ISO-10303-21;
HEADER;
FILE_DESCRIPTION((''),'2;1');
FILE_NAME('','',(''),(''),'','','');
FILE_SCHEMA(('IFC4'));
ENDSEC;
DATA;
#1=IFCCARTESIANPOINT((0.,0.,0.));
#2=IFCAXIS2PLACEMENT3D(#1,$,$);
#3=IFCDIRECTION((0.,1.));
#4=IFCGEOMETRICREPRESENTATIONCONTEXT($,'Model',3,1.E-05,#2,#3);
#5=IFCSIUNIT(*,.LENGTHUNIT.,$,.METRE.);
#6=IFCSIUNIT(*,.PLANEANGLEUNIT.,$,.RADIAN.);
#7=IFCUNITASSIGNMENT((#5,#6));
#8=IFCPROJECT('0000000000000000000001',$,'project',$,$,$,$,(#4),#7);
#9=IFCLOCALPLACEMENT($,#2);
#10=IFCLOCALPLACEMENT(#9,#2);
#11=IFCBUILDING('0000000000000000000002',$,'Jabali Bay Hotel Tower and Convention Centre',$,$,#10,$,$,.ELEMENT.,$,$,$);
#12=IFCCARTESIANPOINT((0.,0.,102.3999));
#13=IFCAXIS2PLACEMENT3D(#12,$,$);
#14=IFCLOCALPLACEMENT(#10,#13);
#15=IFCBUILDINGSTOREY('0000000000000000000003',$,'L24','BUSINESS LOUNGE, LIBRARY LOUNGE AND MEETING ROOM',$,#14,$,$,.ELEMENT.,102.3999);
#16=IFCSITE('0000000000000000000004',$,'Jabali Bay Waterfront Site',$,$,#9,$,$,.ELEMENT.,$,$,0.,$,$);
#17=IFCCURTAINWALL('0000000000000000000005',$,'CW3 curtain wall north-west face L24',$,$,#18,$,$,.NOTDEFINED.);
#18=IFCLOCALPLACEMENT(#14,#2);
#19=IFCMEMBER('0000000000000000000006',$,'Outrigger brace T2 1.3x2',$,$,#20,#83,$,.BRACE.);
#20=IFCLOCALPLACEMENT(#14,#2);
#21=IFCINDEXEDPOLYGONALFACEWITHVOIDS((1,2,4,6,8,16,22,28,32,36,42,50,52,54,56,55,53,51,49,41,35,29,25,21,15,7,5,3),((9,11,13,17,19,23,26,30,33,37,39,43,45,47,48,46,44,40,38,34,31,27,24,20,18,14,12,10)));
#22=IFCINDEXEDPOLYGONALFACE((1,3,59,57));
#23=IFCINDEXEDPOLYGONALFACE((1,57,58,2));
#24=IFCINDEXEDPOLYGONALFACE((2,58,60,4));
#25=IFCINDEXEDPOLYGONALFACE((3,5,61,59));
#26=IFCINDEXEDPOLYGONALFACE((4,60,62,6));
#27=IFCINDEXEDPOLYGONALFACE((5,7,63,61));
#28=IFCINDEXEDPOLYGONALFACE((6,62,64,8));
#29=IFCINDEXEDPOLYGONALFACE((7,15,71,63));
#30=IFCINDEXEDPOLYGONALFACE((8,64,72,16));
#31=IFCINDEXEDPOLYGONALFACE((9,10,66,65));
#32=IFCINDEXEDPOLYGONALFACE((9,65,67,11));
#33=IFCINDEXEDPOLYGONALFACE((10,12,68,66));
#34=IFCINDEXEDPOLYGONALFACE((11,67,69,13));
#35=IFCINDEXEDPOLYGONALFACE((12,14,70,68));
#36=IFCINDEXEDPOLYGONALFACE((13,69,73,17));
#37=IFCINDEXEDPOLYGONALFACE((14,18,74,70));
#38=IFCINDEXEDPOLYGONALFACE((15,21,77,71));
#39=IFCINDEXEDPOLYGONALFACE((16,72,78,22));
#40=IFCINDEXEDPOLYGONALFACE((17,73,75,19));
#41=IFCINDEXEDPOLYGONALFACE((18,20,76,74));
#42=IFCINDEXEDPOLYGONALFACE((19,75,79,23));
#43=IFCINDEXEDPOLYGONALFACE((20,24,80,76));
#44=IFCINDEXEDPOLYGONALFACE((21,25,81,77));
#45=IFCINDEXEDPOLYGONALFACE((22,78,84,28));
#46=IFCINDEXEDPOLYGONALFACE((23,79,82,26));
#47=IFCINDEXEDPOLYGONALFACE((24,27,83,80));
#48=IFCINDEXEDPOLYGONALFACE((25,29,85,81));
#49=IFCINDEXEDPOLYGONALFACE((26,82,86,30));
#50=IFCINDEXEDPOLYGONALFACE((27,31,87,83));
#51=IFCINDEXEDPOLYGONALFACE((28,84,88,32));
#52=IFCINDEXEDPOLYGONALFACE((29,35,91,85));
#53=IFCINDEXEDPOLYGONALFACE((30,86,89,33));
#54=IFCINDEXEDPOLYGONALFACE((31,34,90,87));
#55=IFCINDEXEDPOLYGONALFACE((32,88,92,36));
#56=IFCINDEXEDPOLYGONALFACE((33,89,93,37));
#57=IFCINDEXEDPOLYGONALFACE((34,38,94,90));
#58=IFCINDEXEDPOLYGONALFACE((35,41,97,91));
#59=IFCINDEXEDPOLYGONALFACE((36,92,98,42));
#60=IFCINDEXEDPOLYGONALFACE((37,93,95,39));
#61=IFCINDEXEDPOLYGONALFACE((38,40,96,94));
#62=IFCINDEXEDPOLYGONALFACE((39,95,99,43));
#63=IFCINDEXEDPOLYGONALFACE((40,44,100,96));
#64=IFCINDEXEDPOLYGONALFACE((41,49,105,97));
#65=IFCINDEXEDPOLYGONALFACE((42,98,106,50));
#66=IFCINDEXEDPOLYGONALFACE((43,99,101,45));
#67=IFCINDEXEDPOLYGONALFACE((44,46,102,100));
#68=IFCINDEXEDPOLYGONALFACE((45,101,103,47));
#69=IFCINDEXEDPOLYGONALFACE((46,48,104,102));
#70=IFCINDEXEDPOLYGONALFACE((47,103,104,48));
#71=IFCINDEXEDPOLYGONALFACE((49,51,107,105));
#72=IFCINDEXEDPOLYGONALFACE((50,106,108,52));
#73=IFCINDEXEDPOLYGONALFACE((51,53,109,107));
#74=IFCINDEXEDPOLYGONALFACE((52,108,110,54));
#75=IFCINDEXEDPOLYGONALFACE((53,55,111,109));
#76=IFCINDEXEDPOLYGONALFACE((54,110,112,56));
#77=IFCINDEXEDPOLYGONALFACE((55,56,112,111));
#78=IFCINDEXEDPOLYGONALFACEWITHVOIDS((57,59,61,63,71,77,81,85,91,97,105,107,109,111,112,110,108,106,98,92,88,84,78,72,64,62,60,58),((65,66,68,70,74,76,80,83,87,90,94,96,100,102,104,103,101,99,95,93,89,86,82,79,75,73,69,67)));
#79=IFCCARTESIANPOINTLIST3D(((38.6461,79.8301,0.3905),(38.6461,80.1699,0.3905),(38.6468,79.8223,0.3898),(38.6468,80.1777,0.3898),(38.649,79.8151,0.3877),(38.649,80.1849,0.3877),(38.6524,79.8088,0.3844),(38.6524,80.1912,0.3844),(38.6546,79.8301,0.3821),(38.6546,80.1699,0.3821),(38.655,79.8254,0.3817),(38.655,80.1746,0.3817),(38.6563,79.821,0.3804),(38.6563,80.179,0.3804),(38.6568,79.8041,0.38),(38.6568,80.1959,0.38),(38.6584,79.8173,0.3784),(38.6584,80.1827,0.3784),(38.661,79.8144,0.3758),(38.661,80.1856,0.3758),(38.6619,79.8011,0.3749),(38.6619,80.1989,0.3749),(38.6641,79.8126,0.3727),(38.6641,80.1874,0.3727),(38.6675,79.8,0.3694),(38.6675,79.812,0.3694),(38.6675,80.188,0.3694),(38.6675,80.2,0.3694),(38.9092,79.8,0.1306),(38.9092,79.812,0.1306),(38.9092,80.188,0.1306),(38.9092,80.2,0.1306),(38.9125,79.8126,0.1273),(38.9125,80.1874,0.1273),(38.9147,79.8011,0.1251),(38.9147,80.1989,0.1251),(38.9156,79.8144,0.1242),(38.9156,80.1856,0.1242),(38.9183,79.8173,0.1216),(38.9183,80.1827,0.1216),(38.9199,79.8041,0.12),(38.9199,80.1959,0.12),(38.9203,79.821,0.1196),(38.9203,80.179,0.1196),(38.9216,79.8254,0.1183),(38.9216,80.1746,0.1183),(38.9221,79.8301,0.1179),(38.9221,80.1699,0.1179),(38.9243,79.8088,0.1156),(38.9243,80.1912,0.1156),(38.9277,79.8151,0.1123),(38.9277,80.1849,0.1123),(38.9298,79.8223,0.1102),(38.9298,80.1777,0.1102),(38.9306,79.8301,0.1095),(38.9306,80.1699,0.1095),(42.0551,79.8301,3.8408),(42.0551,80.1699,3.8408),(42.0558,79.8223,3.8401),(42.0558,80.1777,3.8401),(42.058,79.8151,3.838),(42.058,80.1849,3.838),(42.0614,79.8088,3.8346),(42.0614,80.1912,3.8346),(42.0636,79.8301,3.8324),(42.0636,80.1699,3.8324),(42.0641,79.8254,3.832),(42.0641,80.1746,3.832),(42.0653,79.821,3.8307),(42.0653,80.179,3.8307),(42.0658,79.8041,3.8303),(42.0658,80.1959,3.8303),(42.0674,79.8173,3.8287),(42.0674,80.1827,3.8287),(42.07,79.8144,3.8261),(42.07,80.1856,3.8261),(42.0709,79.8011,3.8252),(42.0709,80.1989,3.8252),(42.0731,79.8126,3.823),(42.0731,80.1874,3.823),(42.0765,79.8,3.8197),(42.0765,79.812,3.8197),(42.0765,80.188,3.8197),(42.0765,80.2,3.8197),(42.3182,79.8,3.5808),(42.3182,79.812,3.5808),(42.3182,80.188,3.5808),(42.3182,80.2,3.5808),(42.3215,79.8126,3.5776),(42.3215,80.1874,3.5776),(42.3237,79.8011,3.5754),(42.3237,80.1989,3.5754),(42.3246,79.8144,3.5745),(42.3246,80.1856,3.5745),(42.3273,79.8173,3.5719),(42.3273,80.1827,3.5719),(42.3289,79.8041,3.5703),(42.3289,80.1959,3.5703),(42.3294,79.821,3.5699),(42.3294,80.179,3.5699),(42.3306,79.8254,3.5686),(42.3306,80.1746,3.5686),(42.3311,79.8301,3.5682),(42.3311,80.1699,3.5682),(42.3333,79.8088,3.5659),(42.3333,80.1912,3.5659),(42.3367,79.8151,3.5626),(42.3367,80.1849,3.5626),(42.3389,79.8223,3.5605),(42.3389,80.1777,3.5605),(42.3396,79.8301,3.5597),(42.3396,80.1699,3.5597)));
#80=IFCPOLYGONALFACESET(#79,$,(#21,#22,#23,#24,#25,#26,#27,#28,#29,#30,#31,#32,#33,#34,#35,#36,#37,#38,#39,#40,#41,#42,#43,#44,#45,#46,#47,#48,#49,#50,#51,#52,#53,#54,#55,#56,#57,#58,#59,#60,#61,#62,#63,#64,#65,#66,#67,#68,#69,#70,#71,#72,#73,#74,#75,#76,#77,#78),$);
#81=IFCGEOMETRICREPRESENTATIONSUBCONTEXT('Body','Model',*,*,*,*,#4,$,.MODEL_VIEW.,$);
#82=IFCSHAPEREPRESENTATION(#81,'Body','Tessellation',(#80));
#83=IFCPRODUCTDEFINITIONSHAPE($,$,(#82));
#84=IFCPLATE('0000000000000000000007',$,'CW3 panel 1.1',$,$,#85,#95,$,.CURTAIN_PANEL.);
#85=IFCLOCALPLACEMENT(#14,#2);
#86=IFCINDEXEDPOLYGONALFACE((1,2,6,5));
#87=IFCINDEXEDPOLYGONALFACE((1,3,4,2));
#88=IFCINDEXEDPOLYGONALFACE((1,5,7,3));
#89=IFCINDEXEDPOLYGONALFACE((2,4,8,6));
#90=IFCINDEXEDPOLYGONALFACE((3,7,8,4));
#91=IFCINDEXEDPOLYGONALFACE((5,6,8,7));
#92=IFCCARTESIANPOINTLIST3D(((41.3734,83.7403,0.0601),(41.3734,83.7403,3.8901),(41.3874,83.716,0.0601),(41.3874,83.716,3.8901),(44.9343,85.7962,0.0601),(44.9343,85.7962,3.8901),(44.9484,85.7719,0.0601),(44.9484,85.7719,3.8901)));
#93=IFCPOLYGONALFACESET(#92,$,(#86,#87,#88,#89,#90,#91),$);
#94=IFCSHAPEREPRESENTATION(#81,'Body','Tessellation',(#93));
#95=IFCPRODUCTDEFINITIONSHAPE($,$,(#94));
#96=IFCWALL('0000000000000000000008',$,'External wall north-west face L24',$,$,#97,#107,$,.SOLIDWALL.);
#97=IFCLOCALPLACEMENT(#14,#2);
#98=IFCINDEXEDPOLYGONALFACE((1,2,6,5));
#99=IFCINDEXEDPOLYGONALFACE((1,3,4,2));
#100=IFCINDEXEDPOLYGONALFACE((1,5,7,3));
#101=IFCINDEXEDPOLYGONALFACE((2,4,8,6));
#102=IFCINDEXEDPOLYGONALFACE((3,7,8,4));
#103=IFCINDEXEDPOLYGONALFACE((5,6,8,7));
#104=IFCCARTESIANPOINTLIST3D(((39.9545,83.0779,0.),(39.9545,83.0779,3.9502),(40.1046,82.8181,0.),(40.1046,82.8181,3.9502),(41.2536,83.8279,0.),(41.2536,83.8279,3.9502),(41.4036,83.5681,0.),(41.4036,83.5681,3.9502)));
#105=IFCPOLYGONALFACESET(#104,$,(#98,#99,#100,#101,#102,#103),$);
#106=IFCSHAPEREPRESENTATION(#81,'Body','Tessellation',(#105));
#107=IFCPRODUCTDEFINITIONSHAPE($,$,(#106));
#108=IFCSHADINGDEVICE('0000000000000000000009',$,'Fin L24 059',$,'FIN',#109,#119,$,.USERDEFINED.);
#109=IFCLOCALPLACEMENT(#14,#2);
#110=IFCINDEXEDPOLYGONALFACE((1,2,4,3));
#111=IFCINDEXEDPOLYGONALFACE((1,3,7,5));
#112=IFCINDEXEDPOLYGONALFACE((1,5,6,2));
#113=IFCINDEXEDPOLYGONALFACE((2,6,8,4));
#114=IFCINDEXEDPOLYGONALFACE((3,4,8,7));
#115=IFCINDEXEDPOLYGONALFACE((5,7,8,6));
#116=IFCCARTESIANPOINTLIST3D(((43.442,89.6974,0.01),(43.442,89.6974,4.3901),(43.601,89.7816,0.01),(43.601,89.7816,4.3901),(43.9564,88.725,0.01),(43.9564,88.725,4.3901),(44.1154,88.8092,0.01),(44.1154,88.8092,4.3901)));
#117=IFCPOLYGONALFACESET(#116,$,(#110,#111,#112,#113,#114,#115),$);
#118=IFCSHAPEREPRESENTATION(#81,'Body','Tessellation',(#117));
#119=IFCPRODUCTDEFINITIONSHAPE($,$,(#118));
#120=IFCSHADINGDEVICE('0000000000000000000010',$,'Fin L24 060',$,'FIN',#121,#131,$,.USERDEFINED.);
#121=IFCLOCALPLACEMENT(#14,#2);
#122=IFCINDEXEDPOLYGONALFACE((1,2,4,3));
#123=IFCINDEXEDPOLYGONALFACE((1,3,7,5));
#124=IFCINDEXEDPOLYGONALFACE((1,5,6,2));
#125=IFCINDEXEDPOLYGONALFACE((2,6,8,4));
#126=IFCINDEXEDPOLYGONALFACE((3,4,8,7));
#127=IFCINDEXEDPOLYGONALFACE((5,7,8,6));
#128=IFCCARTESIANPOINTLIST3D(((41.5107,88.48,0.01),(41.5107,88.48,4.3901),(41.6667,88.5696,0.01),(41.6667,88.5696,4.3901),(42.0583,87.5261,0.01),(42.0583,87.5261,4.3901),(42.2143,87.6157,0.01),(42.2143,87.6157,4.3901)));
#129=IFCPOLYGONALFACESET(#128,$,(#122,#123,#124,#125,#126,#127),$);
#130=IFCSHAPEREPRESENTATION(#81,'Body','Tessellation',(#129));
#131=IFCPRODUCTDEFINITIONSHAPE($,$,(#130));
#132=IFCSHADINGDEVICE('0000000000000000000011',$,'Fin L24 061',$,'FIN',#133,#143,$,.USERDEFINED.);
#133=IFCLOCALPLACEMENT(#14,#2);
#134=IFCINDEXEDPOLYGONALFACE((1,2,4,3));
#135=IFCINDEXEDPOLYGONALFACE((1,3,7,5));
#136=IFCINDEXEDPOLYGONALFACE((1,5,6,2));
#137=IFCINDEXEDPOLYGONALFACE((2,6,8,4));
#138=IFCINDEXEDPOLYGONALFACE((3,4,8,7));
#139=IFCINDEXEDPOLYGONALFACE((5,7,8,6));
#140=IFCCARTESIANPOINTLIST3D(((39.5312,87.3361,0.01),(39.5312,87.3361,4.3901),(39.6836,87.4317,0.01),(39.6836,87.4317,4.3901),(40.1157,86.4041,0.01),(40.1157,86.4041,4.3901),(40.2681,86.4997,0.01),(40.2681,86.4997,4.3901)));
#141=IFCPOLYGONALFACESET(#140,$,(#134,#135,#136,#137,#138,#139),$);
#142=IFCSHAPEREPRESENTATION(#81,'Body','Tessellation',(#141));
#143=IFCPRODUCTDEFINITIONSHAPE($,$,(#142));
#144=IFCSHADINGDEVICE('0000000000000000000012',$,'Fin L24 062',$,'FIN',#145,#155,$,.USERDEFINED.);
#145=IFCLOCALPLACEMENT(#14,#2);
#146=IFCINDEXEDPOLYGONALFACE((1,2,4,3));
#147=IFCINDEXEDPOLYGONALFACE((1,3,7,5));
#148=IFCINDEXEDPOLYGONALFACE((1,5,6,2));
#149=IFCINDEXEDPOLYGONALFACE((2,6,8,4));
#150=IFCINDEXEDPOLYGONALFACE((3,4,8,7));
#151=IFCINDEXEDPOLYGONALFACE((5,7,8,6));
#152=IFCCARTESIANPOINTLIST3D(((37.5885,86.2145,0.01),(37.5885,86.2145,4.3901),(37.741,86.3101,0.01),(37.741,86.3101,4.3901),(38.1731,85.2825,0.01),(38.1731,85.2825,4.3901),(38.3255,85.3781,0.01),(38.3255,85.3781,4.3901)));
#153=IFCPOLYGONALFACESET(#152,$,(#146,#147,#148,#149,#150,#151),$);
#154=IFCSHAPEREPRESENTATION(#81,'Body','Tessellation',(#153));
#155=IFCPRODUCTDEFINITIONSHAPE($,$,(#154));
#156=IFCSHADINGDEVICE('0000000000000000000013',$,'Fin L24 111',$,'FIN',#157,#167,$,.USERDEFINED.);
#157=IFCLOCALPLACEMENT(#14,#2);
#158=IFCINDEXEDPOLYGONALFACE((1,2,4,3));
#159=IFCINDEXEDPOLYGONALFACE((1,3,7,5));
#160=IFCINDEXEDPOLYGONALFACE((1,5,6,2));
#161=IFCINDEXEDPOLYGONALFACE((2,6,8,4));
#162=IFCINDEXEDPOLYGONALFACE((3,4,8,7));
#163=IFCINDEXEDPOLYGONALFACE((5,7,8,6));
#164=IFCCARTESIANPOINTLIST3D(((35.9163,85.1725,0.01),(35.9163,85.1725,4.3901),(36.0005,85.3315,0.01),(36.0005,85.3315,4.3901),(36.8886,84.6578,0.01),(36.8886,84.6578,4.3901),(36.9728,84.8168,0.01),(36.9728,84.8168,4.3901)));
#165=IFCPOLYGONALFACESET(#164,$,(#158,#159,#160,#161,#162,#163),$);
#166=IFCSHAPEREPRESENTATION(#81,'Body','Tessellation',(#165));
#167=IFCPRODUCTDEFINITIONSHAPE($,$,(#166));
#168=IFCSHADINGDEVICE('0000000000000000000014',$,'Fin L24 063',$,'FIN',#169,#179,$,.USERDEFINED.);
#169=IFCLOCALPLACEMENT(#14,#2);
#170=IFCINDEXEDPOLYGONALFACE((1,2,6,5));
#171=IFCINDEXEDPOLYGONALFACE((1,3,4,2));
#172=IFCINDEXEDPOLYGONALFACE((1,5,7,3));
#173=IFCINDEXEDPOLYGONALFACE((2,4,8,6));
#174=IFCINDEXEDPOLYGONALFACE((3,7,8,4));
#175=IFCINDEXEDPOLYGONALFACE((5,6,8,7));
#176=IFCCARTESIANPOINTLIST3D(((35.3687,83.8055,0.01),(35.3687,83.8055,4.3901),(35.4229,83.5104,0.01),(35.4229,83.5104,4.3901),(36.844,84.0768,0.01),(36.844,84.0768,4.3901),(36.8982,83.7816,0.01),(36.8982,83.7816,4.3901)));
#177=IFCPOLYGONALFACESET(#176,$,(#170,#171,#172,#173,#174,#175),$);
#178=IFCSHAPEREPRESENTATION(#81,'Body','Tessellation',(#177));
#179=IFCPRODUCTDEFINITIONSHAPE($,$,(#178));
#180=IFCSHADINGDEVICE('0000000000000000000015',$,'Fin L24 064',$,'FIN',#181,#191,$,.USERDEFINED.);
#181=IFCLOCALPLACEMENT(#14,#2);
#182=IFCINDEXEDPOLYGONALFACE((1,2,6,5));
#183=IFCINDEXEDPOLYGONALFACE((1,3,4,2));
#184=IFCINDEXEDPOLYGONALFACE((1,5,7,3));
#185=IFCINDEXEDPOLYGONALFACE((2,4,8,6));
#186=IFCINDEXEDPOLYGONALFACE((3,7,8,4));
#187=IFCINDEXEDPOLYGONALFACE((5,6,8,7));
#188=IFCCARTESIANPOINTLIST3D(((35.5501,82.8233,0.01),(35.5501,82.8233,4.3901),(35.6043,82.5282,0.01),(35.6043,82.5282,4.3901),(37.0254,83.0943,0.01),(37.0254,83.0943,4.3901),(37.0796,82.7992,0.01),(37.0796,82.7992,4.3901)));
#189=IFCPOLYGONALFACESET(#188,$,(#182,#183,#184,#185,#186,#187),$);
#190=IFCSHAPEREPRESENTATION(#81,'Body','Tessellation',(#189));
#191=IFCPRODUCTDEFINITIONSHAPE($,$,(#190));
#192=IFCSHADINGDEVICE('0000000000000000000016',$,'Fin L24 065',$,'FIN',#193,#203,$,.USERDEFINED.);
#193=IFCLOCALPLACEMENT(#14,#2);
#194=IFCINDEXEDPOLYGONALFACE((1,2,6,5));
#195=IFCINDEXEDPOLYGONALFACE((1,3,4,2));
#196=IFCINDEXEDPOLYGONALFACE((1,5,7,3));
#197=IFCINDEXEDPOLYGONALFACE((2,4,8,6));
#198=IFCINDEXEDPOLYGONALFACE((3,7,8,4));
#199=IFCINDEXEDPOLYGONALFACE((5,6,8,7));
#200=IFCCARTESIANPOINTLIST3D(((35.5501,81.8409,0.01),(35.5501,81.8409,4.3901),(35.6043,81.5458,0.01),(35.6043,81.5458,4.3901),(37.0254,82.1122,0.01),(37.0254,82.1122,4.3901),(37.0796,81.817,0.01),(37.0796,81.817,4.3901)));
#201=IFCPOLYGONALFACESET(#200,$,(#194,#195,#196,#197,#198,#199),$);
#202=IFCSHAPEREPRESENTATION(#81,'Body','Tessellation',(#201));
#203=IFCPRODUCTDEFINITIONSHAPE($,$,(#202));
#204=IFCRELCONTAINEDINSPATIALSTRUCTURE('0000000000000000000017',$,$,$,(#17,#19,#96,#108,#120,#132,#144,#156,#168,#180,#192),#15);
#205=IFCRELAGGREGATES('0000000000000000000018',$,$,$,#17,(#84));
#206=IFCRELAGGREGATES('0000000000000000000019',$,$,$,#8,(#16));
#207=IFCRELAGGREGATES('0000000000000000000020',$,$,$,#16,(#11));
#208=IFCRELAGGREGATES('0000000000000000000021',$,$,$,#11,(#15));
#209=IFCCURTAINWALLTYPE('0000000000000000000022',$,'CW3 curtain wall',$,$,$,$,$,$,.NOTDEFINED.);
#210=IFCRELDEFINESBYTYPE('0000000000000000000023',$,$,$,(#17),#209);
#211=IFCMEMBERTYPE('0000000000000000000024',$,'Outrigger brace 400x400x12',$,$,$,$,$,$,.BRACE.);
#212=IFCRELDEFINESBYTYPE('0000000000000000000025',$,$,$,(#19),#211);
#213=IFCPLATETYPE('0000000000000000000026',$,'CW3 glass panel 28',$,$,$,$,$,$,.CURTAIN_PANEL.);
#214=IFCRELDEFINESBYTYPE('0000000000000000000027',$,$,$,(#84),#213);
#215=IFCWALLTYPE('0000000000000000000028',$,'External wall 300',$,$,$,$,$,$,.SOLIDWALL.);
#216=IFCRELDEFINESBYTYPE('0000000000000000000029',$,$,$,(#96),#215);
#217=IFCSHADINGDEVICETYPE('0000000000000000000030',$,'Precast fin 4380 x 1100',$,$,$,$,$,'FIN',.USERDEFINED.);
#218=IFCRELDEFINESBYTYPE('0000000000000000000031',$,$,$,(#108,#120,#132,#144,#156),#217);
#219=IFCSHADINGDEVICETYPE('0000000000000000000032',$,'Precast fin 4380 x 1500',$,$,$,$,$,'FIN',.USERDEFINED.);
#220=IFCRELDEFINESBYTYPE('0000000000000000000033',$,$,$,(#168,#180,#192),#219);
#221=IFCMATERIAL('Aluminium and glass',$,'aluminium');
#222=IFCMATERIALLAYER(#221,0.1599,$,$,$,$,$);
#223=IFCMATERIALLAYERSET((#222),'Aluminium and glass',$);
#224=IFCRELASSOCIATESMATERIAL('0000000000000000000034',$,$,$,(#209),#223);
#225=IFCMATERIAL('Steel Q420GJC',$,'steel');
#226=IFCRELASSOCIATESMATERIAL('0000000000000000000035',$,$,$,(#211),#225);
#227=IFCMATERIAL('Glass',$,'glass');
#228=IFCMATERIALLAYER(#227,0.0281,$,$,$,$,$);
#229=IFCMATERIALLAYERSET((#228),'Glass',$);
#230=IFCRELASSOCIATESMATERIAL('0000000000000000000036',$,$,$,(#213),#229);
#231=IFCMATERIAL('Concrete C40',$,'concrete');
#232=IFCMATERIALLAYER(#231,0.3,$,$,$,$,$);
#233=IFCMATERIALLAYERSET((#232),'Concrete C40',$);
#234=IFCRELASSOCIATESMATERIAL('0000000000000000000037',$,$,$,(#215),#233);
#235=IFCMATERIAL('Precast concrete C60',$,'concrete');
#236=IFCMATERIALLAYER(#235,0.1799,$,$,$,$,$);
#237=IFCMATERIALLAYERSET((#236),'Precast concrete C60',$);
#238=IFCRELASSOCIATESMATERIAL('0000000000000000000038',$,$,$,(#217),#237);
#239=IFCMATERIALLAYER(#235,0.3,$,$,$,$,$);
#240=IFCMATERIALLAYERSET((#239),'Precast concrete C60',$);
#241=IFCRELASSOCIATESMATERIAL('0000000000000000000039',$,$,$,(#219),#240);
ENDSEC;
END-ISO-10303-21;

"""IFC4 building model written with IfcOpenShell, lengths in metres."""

from ifc_helpers import new_model, si_unit, direction, frame, frame_2d, origin, origin_2d, place, context, subcontext, project, spatial, rectangle, hollow_rectangle, extrude, material, layer, layer_set, material_profile, profile_set, type_object, element, aggregate, save


model = new_model("IFC4")

# Units and contexts
model_context = context("Model", 3, precision=1e-05, world=origin(), true_north=direction((0.0, 1.0)))
body_context = subcontext(model_context, "Body", "Model", "MODEL_VIEW")
ifc_project = project(units=[si_unit("LENGTHUNIT", "METRE"), si_unit("PLANEANGLEUNIT", "RADIAN")], contexts=[model_context])

# Site, building, storey
site_placement = place(None, origin())
site = spatial("IfcSite", under=ifc_project, at=site_placement, Name="Jabali Bay Waterfront Site", CompositionType="ELEMENT", RefElevation=0.0)
building_placement = place(site_placement, origin())
building = spatial("IfcBuilding", under=site, at=building_placement, Name="Jabali Bay Hotel Tower and Convention Centre", CompositionType="ELEMENT")
storey_placement = place(building_placement, frame((0.0, 0.0, 102.3999)))
storey = spatial("IfcBuildingStorey", under=building, at=storey_placement, Name="L24", Description="BUSINESS LOUNGE, LIBRARY LOUNGE AND MEETING ROOM", CompositionType="ELEMENT", Elevation=102.3999)

# Shared definitions
ifc_material_1 = material(Name="Steel Q420GJC", Category="steel")

# Curtain wall
ifc_material_2 = material(Name="Aluminium and glass", Category="aluminium")
ifc_layer_1 = layer(ifc_material_2, 0.1599)
ifc_layer_set_1 = layer_set([ifc_layer_1], Name="Aluminium and glass")
curtain_wall_type = type_object("IfcCurtainWallType", Name="CW3 curtain wall", PredefinedType="NOTDEFINED", material=ifc_layer_set_1)
curtain_wall_placement = place(storey_placement, origin())
curtain_wall = element("IfcCurtainWall", 1, at=curtain_wall_placement, inside=storey, type_object=curtain_wall_type, Name="CW3 curtain wall north-west face L24", PredefinedType="NOTDEFINED")

# Member
ifc_material_profile_1 = material_profile(ifc_material_1, hollow_rectangle(XDim=0.3999, YDim=0.3999, WallThickness=0.012, InnerFilletRadius=0.0181, OuterFilletRadius=0.03, at=origin_2d()), Name="Outrigger brace 400x400x12")
ifc_profile_set_1 = profile_set([ifc_material_profile_1], Name="Steel Q420GJC")
member_type_1 = type_object("IfcMemberType", Name="Outrigger brace 400x400x12", PredefinedType="BRACE", material=ifc_profile_set_1)
member_1_placement = place(storey_placement, frame((38.7883, 80.0, 0.25), z_axis=(0.702841, 0.0, 0.711347), x_axis=(0.0, 1.0, 0.0)))
element("IfcMember", 2, at=member_1_placement, inside=storey, type_object=member_type_1, Name="Outrigger brace T2 1.3x2", PredefinedType="BRACE", context=body_context, shape_type="SweptSolid", body=[
    extrude(hollow_rectangle(XDim=0.3999, YDim=0.3999, WallThickness=0.012, InnerFilletRadius=0.0181, OuterFilletRadius=0.03, at=origin_2d()), origin(), (0.0, 0.0, 1.0), 4.8503),
])

# Plate
ifc_material_3 = material(Name="Glass", Category="glass")
ifc_layer_2 = layer(ifc_material_3, 0.0281)
ifc_layer_set_2 = layer_set([ifc_layer_2], Name="Glass")
plate_type = type_object("IfcPlateType", Name="CW3 glass panel 28", PredefinedType="CURTAIN_PANEL", material=ifc_layer_set_2)
plate_placement = place(storey_placement, frame((43.1609, 84.7561, 0.0601), z_axis=(0.0, 0.0, 1.0), x_axis=(0.866025, 0.5, 0.0)))
plate = element("IfcPlate", 3, at=plate_placement, type_object=plate_type, Name="CW3 panel 1.1", PredefinedType="CURTAIN_PANEL", context=body_context, shape_type="SweptSolid", body=[
    extrude(rectangle(XDim=4.1118, YDim=0.0281, at=origin_2d()), origin(), (0.0, 0.0, 1.0), 3.8301),
])
aggregate(curtain_wall, [plate])

# Wall
ifc_material_4 = material(Name="Concrete C40", Category="concrete")
ifc_layer_3 = layer(ifc_material_4, 0.3)
ifc_layer_set_3 = layer_set([ifc_layer_3], Name="Concrete C40")
wall_type = type_object("IfcWallType", Name="External wall 300", PredefinedType="SOLIDWALL", material=ifc_layer_set_3)
wall_placement = place(storey_placement, frame((40.0295, 82.948, 0.0), z_axis=(0.0, 0.0, 1.0), x_axis=(0.866031, 0.49999, 0.0)))
element("IfcWall", 4, at=wall_placement, inside=storey, type_object=wall_type, Name="External wall north-west face L24", PredefinedType="SOLIDWALL", context=body_context, shape_type="SweptSolid", body=[
    extrude(rectangle(XDim=1.5, YDim=0.3, at=frame_2d((0.75, 0.0))), origin(), (0.0, 0.0, 1.0), 3.9502),
])

# Shading devices
ifc_material_5 = material(Name="Precast concrete C60", Category="concrete")
ifc_layer_4 = layer(ifc_material_5, 0.1799)
ifc_layer_set_4 = layer_set([ifc_layer_4], Name="Precast concrete C60")
shading_device_type_1 = type_object("IfcShadingDeviceType", Name="Precast fin 4380 x 1100", ElementType="FIN", PredefinedType="USERDEFINED", material=ifc_layer_set_4)
shading_device_1_placement = place(storey_placement, frame((44.0359, 88.7671, 0.01), z_axis=(0.0, 0.0, 1.0), x_axis=(-0.467602, 0.883939, 0.0)))
element("IfcShadingDevice", 5, at=shading_device_1_placement, inside=storey, type_object=shading_device_type_1, Name="Fin L24 059", ObjectType="FIN", PredefinedType="USERDEFINED", context=body_context, shape_type="SweptSolid", body=[
    extrude(rectangle(XDim=1.1001, YDim=0.1799, at=frame_2d((0.55, 0.0))), origin(), (0.0, 0.0, 1.0), 4.3801),
])
shading_device_2_placement = place(storey_placement, frame((42.1362, 87.571, 0.01), z_axis=(0.0, 0.0, 1.0), x_axis=(-0.497883, 0.867244, 0.0)))
element("IfcShadingDevice", 6, at=shading_device_2_placement, inside=storey, type_object=shading_device_type_1, Name="Fin L24 060", ObjectType="FIN", PredefinedType="USERDEFINED", context=body_context, shape_type="SweptSolid", body=[
    extrude(rectangle(XDim=1.0999, YDim=0.1799, at=frame_2d((0.5498, 0.0))), origin(), (0.0, 0.0, 1.0), 4.3801),
])
for number, where, z_axis, x_axis, name in (
    (7, (40.1919, 86.4519, 0.01), (0.0, 0.0, 1.0), (-0.531335, 0.847162, 0.0), "Fin L24 061"),
    (8, (38.2493, 85.3303, 0.01), (0.0, 0.0, 1.0), (-0.531335, 0.847162, 0.0), "Fin L24 062"),
    (9, (36.9307, 84.7373, 0.01), (0.0, 0.0, 1.0), (-0.883799, 0.467867, 0.0), "Fin L24 111"),
):
    element("IfcShadingDevice", number, at=place(storey_placement, frame(where, z_axis=z_axis, x_axis=x_axis)), inside=storey, type_object=shading_device_type_1, Name=name, ObjectType="FIN", PredefinedType="USERDEFINED", context=body_context, shape_type="SweptSolid", body=[
        extrude(rectangle(XDim=1.1001, YDim=0.1799, at=frame_2d((0.55, 0.0))), origin(), (0.0, 0.0, 1.0), 4.3801),
    ])
ifc_layer_5 = layer(ifc_material_5, 0.3)
ifc_layer_set_5 = layer_set([ifc_layer_5], Name="Precast concrete C60")
shading_device_type_2 = type_object("IfcShadingDeviceType", Name="Precast fin 4380 x 1500", ElementType="FIN", PredefinedType="USERDEFINED", material=ifc_layer_set_5)
for number, where, z_axis, x_axis, name in (
    (10, (36.8711, 83.9292, 0.01), (0.0, 0.0, 1.0), (-0.983516, -0.180819, 0.0), "Fin L24 063"),
    (11, (37.0525, 82.9468, 0.01), (0.0, 0.0, 1.0), (-0.983545, -0.180661, 0.0), "Fin L24 064"),
    (12, (37.0525, 81.9646, 0.01), (0.0, 0.0, 1.0), (-0.983516, -0.180819, 0.0), "Fin L24 065"),
):
    element("IfcShadingDevice", number, at=place(storey_placement, frame(where, z_axis=z_axis, x_axis=x_axis)), inside=storey, type_object=shading_device_type_2, Name=name, ObjectType="FIN", PredefinedType="USERDEFINED", context=body_context, shape_type="SweptSolid", body=[
        extrude(rectangle(XDim=1.5, YDim=0.3, at=frame_2d((0.75, 0.0))), origin(), (0.0, 0.0, 1.0), 4.3801),
    ])

save(model, "model.ifc")
